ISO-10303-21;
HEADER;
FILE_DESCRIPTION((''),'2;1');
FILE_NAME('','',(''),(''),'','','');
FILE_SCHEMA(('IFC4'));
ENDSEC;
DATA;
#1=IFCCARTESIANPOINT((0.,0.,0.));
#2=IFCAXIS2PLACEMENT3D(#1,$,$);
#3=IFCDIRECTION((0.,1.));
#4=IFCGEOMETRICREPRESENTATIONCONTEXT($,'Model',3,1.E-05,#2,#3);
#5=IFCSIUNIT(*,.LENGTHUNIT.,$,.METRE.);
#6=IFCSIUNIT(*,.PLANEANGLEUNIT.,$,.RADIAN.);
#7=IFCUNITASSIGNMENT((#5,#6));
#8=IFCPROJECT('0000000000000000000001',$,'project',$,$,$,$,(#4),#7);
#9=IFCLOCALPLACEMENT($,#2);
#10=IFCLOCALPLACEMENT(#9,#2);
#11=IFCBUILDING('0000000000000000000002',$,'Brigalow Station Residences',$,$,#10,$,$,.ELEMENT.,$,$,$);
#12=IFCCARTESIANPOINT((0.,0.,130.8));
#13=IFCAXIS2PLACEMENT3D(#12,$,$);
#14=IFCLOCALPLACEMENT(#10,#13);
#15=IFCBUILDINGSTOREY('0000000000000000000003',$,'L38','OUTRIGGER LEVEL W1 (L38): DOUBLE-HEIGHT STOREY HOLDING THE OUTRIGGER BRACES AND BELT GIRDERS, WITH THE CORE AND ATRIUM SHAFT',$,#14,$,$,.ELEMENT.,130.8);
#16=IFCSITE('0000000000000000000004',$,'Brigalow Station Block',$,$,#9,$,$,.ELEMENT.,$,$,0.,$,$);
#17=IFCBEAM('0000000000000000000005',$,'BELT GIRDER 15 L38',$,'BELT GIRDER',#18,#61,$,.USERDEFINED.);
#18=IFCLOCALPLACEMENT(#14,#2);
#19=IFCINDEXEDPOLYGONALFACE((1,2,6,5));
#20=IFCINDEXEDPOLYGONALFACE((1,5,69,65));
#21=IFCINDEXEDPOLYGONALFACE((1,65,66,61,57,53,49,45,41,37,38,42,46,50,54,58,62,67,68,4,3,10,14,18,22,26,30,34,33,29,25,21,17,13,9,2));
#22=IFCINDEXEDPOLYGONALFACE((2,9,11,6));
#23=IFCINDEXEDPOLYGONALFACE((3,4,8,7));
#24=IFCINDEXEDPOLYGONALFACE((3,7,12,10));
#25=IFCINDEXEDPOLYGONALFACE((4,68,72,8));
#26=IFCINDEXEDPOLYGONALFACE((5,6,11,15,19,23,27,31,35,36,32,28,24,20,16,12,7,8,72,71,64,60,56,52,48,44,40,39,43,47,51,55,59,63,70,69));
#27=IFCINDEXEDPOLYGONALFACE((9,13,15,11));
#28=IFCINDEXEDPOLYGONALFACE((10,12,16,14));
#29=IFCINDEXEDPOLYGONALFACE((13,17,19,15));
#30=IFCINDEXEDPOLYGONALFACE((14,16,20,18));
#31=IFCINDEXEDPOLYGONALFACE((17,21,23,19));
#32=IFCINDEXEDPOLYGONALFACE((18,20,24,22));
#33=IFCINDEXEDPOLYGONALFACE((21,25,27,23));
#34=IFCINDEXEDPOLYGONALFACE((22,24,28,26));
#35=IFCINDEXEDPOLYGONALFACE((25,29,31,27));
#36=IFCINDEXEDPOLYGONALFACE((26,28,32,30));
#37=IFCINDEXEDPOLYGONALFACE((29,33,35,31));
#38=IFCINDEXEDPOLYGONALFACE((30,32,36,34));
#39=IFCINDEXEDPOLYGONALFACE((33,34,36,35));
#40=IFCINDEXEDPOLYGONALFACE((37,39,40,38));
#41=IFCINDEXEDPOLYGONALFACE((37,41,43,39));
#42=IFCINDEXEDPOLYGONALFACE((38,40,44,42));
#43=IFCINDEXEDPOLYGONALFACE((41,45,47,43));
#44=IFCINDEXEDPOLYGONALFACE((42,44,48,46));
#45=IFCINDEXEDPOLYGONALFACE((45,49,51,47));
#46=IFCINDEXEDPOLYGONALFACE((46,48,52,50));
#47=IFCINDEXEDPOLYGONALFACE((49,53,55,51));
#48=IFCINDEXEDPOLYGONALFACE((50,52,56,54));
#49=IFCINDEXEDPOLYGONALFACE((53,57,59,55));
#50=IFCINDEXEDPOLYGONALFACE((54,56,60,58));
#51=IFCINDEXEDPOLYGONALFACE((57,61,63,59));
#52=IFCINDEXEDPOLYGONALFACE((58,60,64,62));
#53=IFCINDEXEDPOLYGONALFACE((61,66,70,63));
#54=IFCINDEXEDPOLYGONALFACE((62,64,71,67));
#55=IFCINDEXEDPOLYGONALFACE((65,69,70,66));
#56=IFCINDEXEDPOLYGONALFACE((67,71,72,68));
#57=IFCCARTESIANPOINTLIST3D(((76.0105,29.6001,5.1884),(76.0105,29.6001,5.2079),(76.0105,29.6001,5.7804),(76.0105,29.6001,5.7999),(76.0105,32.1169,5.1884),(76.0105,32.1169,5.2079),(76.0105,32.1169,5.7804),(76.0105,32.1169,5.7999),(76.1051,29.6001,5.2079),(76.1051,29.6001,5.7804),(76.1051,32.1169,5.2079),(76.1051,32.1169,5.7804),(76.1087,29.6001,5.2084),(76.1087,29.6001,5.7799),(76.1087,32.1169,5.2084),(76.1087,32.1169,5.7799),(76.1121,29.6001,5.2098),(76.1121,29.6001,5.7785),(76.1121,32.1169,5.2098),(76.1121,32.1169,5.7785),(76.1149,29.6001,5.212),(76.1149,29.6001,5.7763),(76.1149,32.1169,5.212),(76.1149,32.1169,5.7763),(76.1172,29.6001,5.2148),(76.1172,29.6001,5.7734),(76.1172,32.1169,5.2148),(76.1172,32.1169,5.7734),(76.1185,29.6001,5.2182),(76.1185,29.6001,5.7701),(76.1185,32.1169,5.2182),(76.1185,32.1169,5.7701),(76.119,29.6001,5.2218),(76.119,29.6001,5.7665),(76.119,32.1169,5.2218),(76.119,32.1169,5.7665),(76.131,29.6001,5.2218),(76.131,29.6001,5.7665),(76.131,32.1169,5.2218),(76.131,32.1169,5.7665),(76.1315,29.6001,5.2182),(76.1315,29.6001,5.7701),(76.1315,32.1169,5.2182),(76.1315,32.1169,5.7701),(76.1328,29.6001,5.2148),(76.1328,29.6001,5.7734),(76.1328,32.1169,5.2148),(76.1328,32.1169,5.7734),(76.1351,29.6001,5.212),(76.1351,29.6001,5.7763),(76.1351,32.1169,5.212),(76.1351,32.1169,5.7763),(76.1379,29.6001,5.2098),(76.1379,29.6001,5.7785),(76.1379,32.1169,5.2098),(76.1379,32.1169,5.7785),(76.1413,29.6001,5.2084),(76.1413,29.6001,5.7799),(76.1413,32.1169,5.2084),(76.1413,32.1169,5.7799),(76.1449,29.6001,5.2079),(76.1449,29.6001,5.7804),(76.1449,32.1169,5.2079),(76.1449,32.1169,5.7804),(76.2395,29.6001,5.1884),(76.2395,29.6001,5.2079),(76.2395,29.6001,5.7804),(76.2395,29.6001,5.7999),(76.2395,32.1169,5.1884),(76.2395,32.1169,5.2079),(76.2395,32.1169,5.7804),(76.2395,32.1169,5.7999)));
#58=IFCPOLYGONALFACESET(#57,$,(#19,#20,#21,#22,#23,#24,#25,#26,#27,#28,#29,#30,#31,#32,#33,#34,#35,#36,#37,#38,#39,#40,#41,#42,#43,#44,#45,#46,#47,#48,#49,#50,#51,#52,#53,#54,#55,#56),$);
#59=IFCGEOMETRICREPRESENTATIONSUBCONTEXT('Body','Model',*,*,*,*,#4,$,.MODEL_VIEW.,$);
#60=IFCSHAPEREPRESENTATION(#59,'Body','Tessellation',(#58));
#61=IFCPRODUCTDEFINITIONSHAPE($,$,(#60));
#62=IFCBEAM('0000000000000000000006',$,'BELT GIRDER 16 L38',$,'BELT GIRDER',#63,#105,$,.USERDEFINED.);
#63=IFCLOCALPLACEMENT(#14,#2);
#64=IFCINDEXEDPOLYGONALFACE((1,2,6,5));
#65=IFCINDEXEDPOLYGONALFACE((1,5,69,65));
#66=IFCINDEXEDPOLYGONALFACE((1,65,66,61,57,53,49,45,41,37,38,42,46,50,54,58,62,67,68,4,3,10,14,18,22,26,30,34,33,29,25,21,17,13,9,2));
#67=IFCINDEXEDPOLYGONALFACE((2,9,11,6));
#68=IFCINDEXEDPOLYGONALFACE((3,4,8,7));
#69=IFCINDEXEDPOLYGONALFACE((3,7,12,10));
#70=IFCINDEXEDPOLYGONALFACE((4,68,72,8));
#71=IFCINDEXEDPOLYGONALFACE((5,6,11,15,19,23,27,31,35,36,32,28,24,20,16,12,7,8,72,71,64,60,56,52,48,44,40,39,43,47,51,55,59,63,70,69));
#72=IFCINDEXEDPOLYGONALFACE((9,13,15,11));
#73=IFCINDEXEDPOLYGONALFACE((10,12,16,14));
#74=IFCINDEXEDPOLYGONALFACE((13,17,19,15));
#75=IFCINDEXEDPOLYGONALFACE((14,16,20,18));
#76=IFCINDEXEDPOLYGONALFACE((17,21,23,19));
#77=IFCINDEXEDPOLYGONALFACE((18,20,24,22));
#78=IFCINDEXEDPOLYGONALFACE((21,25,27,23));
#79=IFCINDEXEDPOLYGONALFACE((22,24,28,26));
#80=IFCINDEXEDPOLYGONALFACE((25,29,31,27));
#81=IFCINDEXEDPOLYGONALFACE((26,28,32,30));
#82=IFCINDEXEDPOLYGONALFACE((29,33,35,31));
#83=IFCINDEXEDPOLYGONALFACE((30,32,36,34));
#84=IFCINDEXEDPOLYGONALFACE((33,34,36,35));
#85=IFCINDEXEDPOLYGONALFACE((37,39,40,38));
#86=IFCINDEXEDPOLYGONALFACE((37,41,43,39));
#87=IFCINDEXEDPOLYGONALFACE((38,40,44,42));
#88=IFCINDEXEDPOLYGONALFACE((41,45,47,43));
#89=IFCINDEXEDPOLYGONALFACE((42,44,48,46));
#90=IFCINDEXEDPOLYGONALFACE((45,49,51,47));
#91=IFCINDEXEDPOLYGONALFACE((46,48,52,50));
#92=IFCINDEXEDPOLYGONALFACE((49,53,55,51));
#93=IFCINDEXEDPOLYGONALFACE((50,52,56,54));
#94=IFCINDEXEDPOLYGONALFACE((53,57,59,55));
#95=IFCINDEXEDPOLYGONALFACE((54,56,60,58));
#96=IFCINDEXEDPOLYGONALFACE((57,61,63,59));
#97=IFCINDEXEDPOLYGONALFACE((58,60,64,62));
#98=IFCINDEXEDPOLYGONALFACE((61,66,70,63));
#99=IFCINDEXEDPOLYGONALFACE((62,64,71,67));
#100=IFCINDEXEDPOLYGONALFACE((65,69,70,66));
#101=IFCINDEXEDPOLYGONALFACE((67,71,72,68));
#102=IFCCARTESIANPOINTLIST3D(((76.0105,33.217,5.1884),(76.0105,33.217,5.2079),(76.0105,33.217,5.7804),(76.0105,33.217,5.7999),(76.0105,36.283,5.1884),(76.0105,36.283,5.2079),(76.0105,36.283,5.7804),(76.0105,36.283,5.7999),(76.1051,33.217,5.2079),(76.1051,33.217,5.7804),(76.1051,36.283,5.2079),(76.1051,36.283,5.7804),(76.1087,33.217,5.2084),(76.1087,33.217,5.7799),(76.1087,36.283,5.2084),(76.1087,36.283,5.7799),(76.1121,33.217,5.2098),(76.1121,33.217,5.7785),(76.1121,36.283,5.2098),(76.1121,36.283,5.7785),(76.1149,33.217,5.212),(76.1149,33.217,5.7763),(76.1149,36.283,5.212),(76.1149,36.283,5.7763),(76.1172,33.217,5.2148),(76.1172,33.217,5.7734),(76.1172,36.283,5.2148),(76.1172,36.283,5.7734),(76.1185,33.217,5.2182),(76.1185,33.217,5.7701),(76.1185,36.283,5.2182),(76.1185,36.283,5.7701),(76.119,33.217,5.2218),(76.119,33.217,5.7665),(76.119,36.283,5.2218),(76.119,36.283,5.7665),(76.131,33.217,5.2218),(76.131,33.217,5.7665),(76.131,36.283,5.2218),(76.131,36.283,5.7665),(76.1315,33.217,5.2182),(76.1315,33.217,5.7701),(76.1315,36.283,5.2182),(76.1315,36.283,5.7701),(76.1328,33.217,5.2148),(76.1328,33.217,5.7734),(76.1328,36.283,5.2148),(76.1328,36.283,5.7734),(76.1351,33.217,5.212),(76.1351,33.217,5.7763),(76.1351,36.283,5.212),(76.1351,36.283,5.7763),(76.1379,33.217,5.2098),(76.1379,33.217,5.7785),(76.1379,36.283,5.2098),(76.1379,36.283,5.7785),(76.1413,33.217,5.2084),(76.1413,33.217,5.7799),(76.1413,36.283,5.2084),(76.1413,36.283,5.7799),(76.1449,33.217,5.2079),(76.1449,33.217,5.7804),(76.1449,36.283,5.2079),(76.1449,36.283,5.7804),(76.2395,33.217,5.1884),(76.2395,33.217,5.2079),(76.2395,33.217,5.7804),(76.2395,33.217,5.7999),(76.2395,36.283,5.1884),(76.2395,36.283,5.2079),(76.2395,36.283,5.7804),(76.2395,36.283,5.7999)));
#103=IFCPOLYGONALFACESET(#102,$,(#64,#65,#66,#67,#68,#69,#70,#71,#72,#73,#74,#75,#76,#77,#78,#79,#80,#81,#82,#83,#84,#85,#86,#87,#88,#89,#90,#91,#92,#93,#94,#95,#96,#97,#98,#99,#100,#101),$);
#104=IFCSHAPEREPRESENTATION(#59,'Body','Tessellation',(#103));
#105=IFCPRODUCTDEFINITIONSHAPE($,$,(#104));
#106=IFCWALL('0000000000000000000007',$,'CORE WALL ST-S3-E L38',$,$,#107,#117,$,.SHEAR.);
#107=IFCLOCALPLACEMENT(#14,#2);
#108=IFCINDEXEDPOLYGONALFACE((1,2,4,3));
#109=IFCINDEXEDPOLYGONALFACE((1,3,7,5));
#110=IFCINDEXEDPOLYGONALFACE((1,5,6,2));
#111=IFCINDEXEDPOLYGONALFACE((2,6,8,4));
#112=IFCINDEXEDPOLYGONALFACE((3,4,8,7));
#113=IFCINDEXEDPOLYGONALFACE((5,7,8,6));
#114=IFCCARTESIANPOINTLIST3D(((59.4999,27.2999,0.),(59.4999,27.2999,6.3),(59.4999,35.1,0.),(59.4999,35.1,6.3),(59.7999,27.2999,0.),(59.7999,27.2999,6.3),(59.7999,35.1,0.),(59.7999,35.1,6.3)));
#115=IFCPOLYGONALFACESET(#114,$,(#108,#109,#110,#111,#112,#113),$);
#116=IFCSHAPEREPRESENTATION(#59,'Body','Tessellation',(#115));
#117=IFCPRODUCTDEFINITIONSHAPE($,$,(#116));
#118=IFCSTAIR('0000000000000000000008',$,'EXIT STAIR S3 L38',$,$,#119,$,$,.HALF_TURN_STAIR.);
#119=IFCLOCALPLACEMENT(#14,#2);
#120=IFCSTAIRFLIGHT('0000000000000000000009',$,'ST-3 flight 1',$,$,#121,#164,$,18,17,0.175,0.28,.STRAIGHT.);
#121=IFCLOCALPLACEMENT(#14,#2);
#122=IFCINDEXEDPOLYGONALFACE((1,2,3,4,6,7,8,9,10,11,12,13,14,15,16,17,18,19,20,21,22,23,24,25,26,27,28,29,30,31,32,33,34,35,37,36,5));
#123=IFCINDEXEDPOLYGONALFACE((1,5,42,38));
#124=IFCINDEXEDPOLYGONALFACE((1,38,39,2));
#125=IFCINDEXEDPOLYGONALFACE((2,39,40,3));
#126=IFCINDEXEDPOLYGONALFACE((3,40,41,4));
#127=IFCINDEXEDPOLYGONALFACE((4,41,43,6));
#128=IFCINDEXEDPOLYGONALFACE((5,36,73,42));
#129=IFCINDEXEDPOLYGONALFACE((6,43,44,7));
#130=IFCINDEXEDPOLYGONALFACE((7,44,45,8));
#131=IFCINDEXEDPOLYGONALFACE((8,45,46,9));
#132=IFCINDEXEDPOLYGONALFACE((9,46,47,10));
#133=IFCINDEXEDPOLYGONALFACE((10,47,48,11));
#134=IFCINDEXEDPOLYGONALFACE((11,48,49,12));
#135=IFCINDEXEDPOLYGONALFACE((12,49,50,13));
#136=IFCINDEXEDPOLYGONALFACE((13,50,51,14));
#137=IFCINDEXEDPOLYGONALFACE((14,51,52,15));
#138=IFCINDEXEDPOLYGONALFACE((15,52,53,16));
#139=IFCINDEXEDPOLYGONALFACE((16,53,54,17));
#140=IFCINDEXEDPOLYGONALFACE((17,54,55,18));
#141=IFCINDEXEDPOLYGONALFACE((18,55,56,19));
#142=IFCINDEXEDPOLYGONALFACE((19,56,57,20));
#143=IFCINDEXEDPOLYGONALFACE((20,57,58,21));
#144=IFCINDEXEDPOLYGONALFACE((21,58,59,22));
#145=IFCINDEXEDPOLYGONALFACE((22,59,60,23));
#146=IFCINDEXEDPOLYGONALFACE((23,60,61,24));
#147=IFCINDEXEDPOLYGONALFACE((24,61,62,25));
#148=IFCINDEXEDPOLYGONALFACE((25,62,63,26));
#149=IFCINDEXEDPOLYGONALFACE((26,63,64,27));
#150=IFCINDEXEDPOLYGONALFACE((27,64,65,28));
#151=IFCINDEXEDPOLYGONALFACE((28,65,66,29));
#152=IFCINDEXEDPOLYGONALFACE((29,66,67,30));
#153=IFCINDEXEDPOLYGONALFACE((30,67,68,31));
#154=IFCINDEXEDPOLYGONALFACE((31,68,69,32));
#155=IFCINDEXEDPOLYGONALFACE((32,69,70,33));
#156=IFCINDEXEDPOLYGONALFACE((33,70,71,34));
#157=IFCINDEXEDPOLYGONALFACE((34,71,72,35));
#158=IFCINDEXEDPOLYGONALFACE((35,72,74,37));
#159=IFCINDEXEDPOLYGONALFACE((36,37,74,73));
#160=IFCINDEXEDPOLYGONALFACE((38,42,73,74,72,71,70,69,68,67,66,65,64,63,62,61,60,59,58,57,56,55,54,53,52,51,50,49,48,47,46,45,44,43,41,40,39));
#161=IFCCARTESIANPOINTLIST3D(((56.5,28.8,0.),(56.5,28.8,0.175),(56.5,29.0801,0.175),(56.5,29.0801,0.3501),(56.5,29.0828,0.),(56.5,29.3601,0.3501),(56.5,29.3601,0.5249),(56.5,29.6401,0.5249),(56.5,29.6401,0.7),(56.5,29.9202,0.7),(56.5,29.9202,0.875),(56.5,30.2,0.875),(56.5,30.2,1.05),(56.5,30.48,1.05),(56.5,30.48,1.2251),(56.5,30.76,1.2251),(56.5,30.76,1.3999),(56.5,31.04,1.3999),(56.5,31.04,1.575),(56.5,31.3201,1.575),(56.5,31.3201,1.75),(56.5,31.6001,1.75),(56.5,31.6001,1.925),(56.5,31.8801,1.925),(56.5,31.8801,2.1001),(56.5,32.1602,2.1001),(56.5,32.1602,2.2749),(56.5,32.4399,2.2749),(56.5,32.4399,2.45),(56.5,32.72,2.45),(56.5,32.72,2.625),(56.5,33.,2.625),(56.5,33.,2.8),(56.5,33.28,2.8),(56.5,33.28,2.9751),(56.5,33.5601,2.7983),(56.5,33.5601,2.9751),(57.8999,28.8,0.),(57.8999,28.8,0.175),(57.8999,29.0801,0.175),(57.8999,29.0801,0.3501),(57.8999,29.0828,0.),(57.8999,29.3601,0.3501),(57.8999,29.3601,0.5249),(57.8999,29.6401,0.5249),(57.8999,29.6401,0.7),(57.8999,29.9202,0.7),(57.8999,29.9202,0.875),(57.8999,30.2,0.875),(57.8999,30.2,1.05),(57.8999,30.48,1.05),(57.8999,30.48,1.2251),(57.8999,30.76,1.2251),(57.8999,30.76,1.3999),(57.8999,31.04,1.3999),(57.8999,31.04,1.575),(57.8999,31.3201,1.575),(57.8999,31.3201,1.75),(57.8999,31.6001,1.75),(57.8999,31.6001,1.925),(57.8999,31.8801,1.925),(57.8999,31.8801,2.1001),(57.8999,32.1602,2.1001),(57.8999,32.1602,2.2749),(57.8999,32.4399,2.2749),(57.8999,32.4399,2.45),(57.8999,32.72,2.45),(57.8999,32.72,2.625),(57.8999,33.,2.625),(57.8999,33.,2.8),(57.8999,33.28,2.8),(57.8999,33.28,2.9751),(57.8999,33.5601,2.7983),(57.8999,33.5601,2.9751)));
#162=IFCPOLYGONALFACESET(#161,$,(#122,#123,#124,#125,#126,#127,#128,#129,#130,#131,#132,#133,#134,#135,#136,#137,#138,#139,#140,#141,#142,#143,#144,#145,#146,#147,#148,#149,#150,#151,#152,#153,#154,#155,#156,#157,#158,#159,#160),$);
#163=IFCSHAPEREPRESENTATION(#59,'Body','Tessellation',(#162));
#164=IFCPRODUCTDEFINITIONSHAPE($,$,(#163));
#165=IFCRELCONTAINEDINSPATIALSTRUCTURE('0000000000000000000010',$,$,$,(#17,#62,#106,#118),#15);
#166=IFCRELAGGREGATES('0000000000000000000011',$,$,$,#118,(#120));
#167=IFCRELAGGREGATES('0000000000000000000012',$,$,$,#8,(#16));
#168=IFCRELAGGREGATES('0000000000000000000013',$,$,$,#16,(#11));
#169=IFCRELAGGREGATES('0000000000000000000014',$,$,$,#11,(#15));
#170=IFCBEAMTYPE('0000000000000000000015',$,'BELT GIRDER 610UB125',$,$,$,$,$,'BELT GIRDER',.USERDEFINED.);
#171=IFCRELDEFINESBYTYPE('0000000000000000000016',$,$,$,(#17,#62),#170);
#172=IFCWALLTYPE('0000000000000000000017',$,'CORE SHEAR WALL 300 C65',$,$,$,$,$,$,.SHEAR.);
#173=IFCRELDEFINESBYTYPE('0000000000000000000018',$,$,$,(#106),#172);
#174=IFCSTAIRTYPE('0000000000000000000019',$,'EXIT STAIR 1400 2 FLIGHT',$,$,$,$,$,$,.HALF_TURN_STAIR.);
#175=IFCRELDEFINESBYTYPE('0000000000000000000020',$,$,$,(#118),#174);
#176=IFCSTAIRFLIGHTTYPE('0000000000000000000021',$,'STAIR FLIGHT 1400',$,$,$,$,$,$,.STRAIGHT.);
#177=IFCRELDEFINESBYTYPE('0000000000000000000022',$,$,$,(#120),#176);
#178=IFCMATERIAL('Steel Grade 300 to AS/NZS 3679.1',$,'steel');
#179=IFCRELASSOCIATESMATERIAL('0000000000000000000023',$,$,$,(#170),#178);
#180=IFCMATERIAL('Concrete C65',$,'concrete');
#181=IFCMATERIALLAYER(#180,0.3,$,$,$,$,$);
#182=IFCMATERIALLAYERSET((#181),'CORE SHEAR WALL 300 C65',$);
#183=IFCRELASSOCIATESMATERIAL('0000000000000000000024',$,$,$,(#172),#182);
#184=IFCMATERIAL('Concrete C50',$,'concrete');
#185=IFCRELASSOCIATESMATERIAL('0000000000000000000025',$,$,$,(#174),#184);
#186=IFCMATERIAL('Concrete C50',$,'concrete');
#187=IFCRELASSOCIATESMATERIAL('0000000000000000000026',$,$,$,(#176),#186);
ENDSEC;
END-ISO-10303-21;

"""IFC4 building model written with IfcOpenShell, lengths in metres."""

from ifc_helpers import new_model, si_unit, direction, frame, frame_2d, origin, origin_2d, place, context, subcontext, project, spatial, polyline, rectangle, i_section, outline, extrude, material, layer, layer_set, material_profile, profile_set, type_object, element, aggregate, save


model = new_model("IFC4")

# Units and contexts
model_context = context("Model", 3, precision=1e-05, world=origin(), true_north=direction((0.0, 1.0)))
body_context = subcontext(model_context, "Body", "Model", "MODEL_VIEW")
ifc_project = project(units=[si_unit("LENGTHUNIT", "METRE"), si_unit("PLANEANGLEUNIT", "RADIAN")], contexts=[model_context])

# Site, building, storey
site_placement = place(None, origin())
site = spatial("IfcSite", under=ifc_project, at=site_placement, Name="Brigalow Station Block", CompositionType="ELEMENT", RefElevation=0.0)
building_placement = place(site_placement, origin())
building = spatial("IfcBuilding", under=site, at=building_placement, Name="Brigalow Station Residences", CompositionType="ELEMENT")
storey_placement = place(building_placement, frame((0.0, 0.0, 130.8)))
storey = spatial("IfcBuildingStorey", under=building, at=storey_placement, Name="L38", Description="OUTRIGGER LEVEL W1 (L38): DOUBLE-HEIGHT STOREY HOLDING THE OUTRIGGER BRACES AND BELT GIRDERS, WITH THE CORE AND ATRIUM SHAFT", CompositionType="ELEMENT", Elevation=130.8)

# Beams
ifc_material_1 = material(Name="Steel Grade 300 to AS/NZS 3679.1", Category="steel")
ifc_material_profile_1 = material_profile(ifc_material_1, i_section(OverallWidth=0.229, OverallDepth=0.6116, WebThickness=0.012, FlangeThickness=0.0195, FilletRadius=0.0139, at=origin_2d()), Name="610UB125")
ifc_profile_set_1 = profile_set([ifc_material_profile_1], Name="Steel Grade 300 to AS/NZS 3679.1")
beam_type = type_object("IfcBeamType", Name="BELT GIRDER 610UB125", ElementType="BELT GIRDER", PredefinedType="USERDEFINED", material=ifc_profile_set_1)
beam_1_placement = place(storey_placement, frame((76.125, 29.6001, 5.4941), z_axis=(0.0, 1.0, 0.0), x_axis=(-1.0, 0.0, 0.0)))
element("IfcBeam", 1, at=beam_1_placement, inside=storey, type_object=beam_type, Name="BELT GIRDER 15 L38", ObjectType="BELT GIRDER", PredefinedType="USERDEFINED", context=body_context, shape_type="SweptSolid", body=[
    extrude(i_section(OverallWidth=0.229, OverallDepth=0.6116, WebThickness=0.012, FlangeThickness=0.0195, FilletRadius=0.0139, at=origin_2d()), origin(), (0.0, 0.0, 1.0), 2.5168),
])
beam_2_placement = place(storey_placement, frame((76.125, 33.217, 5.4941), z_axis=(0.0, 1.0, 0.0), x_axis=(-1.0, 0.0, 0.0)))
element("IfcBeam", 2, at=beam_2_placement, inside=storey, type_object=beam_type, Name="BELT GIRDER 16 L38", ObjectType="BELT GIRDER", PredefinedType="USERDEFINED", context=body_context, shape_type="SweptSolid", body=[
    extrude(i_section(OverallWidth=0.229, OverallDepth=0.6116, WebThickness=0.012, FlangeThickness=0.0195, FilletRadius=0.0139, at=origin_2d()), origin(), (0.0, 0.0, 1.0), 3.0659),
])

# Wall
ifc_material_2 = material(Name="Concrete C65", Category="concrete")
ifc_layer = layer(ifc_material_2, 0.3)
ifc_layer_set = layer_set([ifc_layer], Name="CORE SHEAR WALL 300 C65")
wall_type = type_object("IfcWallType", Name="CORE SHEAR WALL 300 C65", PredefinedType="SHEAR", material=ifc_layer_set)
wall_placement = place(storey_placement, frame((59.6499, 27.3, 0.0), z_axis=(0.0, 0.0, 1.0), x_axis=(0.0, 1.0, 0.0)))
element("IfcWall", 3, at=wall_placement, inside=storey, type_object=wall_type, Name="CORE WALL ST-S3-E L38", PredefinedType="SHEAR", context=body_context, shape_type="SweptSolid", body=[
    extrude(rectangle(XDim=7.8, YDim=0.3, at=frame_2d((3.8999, 0.0))), origin(), (0.0, 0.0, 1.0), 6.3),
])

# Stair, stair flight
ifc_material_3 = material(Name="Concrete C50", Category="concrete")
stair_type = type_object("IfcStairType", Name="EXIT STAIR 1400 2 FLIGHT", PredefinedType="HALF_TURN_STAIR", material=ifc_material_3)
stair_placement = place(storey_placement, origin())
stair = element("IfcStair", 4, at=stair_placement, inside=storey, type_object=stair_type, Name="EXIT STAIR S3 L38", PredefinedType="HALF_TURN_STAIR")
ifc_material_4 = material(Name="Concrete C50", Category="concrete")
stair_flight_type = type_object("IfcStairFlightType", Name="STAIR FLIGHT 1400", PredefinedType="STRAIGHT", material=ifc_material_4)
stair_flight_1_placement = place(storey_placement, frame((57.2, 28.8, 0.0), z_axis=(0.0, 0.0, 1.0), x_axis=(0.0, 1.0, 0.0)))
stair_flight_1 = element("IfcStairFlight", 5, at=stair_flight_1_placement, type_object=stair_flight_type, Name="ST-3 flight 1", NumberOfRisers=18, NumberOfTreads=17, PredefinedType="STRAIGHT", RiserHeight=0.175, TreadLength=0.28, context=body_context, shape_type="SweptSolid", body=[
    extrude(outline(polyline([(0.0, 0.0), (0.0, 0.175), (0.28, 0.175), (0.28, 0.3501), (0.5601, 0.3501), (0.5601, 0.5249), (0.8401, 0.5249), (0.8401, 0.7), (1.1201, 0.7), (1.1201, 0.875), (1.3999, 0.875), (1.3999, 1.05), (1.6799, 1.05), (1.6799, 1.2251), (1.96, 1.2251), (1.96, 1.3999), (2.24, 1.3999), (2.24, 1.575), (2.52, 1.575), (2.52, 1.75), (2.8, 1.75), (2.8, 1.925), (3.0801, 1.925), (3.0801, 2.1001), (3.3601, 2.1001), (3.3601, 2.2749), (3.6399, 2.2749), (3.6399, 2.45), (3.9199, 2.45), (3.9199, 2.625), (4.2, 2.625), (4.2, 2.8), (4.48, 2.8), (4.48, 2.9751), (4.76, 2.9751), (4.76, 3.1499), (4.76, 2.7983), (0.2827, 0.0), (0.0, 0.0)])), frame((0.0, 0.7, 0.0), z_axis=(0.0, -1.0, 0.0), x_axis=(1.0, 0.0, 0.0)), (0.0, 0.0, 1.0), 1.3999),
])
aggregate(stair, [stair_flight_1])

save(model, "model.ifc")
